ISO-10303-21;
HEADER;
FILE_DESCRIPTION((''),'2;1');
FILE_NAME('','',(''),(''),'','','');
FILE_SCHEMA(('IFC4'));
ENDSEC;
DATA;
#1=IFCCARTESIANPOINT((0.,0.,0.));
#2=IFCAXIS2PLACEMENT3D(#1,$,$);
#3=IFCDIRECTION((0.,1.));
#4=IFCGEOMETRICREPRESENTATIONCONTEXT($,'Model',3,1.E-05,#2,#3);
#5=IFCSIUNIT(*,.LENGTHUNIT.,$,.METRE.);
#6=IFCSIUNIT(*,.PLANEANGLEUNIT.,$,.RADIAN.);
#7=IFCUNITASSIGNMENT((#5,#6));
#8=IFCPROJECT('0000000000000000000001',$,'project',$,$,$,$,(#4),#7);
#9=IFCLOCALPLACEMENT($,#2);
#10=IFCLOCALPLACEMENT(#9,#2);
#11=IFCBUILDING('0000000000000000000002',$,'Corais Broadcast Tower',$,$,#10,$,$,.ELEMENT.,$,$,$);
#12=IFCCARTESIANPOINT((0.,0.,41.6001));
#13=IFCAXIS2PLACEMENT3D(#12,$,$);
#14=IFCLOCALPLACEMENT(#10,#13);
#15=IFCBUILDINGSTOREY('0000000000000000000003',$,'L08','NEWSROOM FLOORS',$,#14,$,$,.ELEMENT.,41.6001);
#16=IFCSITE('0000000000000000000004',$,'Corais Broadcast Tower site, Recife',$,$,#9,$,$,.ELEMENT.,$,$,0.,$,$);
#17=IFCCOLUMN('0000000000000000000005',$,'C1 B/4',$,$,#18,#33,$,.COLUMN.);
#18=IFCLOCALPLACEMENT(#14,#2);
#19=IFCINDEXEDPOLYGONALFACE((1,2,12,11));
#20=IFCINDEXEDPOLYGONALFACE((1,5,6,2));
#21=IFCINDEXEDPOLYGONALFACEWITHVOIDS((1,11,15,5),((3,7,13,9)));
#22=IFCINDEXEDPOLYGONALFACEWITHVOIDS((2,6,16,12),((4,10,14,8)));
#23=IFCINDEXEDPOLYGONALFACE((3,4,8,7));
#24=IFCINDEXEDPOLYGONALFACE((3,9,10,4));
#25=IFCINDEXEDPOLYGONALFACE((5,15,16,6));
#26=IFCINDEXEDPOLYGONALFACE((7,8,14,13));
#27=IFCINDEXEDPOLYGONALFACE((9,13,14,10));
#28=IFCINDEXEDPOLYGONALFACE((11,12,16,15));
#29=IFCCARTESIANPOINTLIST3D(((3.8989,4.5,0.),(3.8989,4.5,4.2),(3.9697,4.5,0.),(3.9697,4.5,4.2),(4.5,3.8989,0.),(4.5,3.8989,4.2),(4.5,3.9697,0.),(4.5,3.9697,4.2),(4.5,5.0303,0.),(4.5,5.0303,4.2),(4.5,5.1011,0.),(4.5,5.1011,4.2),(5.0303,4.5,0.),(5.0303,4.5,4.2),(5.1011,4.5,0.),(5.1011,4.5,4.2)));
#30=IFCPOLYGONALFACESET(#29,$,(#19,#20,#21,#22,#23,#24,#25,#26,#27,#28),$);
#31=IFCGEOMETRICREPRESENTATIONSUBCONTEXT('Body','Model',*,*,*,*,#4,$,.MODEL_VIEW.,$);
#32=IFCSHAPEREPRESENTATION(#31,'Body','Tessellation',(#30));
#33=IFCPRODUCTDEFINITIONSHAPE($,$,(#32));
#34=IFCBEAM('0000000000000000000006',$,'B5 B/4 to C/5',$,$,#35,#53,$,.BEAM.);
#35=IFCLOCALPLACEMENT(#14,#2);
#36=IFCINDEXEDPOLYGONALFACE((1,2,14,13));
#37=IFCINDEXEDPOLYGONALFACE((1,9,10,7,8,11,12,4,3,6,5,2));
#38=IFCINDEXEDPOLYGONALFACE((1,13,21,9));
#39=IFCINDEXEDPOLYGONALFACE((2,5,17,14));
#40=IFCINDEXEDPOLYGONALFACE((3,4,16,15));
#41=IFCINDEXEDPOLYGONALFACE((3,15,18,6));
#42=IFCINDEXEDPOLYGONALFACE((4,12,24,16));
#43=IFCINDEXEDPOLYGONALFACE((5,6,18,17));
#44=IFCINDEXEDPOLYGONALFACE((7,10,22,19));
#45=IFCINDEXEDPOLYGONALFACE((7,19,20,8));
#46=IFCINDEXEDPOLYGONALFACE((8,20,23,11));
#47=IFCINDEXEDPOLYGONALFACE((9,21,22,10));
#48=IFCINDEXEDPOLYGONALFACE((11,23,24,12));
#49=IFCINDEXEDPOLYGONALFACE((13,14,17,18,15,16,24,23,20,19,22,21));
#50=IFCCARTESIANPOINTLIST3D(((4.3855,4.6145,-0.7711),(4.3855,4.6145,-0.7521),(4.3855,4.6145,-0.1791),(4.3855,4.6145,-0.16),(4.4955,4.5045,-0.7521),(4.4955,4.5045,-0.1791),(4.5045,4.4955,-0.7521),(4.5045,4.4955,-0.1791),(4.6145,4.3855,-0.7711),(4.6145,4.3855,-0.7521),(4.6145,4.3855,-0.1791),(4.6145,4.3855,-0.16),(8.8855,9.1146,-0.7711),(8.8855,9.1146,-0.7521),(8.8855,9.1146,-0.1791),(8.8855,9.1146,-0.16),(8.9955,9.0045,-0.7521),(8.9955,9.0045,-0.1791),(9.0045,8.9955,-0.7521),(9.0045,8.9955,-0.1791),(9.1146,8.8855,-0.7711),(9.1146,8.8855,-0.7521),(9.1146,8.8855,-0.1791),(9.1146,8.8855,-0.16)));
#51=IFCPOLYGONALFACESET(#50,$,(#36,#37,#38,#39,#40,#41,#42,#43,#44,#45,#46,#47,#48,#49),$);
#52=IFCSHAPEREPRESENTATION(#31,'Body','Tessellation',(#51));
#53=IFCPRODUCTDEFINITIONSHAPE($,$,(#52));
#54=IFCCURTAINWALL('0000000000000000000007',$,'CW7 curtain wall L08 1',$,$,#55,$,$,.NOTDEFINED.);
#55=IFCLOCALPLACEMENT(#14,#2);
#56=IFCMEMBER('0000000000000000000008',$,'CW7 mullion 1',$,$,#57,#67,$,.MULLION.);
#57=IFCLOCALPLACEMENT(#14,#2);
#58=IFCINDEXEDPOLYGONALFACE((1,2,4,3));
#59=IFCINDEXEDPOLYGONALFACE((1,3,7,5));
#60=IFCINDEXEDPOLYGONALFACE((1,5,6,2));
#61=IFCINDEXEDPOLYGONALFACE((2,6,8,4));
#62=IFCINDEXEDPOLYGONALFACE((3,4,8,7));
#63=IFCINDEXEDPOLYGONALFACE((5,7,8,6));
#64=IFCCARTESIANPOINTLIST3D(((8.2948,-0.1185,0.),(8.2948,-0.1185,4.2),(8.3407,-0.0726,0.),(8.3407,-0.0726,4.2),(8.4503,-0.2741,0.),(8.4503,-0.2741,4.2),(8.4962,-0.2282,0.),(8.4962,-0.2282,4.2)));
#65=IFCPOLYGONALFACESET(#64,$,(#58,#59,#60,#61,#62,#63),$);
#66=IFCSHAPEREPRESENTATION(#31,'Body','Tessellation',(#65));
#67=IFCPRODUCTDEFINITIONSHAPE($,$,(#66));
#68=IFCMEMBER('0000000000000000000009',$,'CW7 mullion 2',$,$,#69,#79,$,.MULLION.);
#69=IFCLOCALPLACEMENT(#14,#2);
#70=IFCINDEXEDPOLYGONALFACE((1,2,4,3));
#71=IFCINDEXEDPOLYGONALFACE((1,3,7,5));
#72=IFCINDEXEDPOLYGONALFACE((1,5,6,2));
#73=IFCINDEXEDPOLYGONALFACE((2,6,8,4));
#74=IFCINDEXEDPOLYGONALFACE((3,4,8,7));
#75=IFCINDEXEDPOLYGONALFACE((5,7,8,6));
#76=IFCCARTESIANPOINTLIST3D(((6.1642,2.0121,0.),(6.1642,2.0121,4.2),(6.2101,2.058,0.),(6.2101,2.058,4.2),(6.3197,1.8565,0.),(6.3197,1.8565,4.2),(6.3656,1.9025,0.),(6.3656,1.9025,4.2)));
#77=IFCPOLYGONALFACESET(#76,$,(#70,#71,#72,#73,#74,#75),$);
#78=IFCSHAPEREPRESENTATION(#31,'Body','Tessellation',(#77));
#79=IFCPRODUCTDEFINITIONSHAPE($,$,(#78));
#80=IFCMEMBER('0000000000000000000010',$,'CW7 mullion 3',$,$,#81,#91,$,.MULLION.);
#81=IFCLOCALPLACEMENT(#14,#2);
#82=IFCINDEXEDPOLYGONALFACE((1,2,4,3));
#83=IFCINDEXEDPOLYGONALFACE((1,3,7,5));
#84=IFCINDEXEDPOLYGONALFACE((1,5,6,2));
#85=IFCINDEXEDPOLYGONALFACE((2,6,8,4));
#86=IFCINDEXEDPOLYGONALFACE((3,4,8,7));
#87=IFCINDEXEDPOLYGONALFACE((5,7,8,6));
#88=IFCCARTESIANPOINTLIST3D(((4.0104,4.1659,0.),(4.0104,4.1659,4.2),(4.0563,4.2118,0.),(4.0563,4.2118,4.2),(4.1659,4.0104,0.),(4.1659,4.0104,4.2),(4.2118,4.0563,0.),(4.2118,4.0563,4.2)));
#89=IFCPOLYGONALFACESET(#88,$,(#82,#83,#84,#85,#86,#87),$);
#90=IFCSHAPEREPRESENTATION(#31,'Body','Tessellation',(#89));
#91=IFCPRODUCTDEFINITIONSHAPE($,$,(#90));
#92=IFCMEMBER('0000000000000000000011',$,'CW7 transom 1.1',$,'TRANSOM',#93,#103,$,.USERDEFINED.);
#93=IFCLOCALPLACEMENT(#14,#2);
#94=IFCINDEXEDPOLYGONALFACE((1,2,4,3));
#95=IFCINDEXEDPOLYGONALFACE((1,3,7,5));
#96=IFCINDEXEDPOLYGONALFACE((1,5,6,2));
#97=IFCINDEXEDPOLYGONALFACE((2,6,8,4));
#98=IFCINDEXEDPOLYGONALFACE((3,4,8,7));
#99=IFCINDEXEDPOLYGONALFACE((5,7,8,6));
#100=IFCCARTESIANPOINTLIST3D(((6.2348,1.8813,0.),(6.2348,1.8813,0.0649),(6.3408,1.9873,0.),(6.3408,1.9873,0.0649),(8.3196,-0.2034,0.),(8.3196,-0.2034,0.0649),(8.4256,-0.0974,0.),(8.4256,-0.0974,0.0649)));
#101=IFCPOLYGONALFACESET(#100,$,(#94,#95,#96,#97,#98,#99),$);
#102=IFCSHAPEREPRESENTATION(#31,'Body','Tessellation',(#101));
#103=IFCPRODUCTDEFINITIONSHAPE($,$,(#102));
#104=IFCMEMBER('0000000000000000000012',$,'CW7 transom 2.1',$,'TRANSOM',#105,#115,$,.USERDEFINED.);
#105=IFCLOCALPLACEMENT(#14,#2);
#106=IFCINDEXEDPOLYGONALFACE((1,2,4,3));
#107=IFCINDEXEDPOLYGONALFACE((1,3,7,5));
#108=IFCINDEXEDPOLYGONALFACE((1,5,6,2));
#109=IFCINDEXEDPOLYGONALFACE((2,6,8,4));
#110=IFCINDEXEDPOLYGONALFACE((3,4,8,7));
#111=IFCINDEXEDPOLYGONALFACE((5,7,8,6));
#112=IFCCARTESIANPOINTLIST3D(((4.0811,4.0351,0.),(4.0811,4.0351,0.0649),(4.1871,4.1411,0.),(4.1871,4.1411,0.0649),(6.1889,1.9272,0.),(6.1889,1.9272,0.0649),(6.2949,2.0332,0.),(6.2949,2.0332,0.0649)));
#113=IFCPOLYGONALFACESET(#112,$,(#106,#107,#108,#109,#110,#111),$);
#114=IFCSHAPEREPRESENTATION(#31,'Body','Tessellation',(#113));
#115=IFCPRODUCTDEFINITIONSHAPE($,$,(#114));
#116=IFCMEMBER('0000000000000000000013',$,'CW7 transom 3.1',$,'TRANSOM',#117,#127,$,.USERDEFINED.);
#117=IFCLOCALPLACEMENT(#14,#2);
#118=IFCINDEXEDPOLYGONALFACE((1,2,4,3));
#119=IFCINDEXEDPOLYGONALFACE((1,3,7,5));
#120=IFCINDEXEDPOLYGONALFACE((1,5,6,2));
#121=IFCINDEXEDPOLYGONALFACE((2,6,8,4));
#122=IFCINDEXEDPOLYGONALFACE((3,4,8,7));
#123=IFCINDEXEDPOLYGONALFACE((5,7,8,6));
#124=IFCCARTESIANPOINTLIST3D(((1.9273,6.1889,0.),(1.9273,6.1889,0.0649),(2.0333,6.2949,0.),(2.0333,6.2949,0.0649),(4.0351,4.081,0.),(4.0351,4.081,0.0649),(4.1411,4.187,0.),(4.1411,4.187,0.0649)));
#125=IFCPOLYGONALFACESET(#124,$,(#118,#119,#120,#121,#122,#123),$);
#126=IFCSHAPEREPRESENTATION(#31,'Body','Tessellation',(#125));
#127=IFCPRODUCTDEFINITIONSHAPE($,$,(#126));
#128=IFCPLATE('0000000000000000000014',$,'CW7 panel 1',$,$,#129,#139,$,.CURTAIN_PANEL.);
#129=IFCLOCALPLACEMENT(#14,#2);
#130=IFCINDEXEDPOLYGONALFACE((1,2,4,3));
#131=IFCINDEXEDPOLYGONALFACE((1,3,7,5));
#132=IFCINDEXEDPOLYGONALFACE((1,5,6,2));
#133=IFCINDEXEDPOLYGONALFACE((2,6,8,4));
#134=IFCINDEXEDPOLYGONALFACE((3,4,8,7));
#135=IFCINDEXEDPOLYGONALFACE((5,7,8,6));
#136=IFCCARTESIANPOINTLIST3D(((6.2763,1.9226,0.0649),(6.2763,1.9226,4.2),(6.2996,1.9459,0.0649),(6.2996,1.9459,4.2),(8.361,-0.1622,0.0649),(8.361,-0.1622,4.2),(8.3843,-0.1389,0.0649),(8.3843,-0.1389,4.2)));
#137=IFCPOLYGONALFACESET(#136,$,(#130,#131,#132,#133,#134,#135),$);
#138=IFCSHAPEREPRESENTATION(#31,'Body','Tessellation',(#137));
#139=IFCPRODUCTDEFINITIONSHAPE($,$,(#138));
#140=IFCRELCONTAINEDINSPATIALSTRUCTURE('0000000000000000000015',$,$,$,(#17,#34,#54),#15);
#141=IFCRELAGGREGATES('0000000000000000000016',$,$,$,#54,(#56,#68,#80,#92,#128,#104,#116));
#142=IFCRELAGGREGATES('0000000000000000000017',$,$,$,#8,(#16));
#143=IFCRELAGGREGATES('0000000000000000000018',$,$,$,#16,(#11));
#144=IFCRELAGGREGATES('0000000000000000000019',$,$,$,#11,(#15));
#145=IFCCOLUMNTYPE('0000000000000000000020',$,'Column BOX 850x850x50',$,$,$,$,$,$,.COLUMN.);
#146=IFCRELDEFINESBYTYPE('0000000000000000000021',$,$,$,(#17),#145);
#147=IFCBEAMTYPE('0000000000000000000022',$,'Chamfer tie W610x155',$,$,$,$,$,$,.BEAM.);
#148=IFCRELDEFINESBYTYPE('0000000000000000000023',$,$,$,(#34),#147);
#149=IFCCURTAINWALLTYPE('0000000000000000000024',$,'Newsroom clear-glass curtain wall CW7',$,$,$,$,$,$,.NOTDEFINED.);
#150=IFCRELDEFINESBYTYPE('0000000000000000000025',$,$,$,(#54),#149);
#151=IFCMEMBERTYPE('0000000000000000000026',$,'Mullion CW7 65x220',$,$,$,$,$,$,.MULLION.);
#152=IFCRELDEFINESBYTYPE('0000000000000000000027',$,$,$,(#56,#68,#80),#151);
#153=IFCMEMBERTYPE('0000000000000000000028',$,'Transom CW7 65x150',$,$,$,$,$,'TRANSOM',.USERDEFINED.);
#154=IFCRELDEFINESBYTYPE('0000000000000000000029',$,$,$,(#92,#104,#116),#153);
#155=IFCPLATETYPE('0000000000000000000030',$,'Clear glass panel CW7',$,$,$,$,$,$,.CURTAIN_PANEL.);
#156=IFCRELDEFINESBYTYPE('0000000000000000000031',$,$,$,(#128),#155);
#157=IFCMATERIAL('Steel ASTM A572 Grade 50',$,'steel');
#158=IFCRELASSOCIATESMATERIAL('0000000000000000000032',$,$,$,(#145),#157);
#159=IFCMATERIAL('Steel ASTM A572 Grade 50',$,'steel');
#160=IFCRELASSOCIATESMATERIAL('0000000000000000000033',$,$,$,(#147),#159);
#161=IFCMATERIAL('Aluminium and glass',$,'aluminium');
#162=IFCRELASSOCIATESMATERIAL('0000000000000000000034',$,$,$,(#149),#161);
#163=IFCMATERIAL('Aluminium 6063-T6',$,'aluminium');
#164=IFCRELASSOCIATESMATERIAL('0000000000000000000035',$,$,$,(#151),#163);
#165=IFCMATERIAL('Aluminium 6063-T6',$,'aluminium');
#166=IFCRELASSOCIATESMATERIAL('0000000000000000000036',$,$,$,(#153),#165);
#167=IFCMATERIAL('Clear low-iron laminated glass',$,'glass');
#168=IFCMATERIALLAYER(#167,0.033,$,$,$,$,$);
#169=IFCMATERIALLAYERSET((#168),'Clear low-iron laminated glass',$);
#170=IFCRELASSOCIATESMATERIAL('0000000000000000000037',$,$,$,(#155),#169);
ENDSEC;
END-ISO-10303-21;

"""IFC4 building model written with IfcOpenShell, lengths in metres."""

from ifc_helpers import new_model, si_unit, direction, frame, origin, origin_2d, place, context, subcontext, project, spatial, rectangle, hollow_rectangle, i_section, extrude, material, layer, layer_set, material_profile, profile_set, type_object, element, aggregate, save


model = new_model("IFC4")

# Units and contexts
model_context = context("Model", 3, precision=1e-05, world=origin(), true_north=direction((0.0, 1.0)))
body_context = subcontext(model_context, "Body", "Model", "MODEL_VIEW")
ifc_project = project(units=[si_unit("LENGTHUNIT", "METRE"), si_unit("PLANEANGLEUNIT", "RADIAN")], contexts=[model_context])

# Site, building, storey
site_placement = place(None, origin())
site = spatial("IfcSite", under=ifc_project, at=site_placement, Name="Corais Broadcast Tower site, Recife", CompositionType="ELEMENT", RefElevation=0.0)
building_placement = place(site_placement, origin())
building = spatial("IfcBuilding", under=site, at=building_placement, Name="Corais Broadcast Tower", CompositionType="ELEMENT")
storey_placement = place(building_placement, frame((0.0, 0.0, 41.6001)))
storey = spatial("IfcBuildingStorey", under=building, at=storey_placement, Name="L08", Description="NEWSROOM FLOORS", CompositionType="ELEMENT", Elevation=41.6001)

# Column
ifc_material_1 = material(Name="Steel ASTM A572 Grade 50", Category="steel")
ifc_material_profile_1 = material_profile(ifc_material_1, hollow_rectangle(XDim=0.8501, YDim=0.8501, WallThickness=0.05, at=origin_2d()), Name="BOX 850x850x50")
ifc_profile_set_1 = profile_set([ifc_material_profile_1], Name="Steel ASTM A572 Grade 50")
column_type = type_object("IfcColumnType", Name="Column BOX 850x850x50", PredefinedType="COLUMN", material=ifc_profile_set_1)
column_placement = place(storey_placement, frame((4.5, 4.5, 0.0), z_axis=(0.0, 0.0, 1.0), x_axis=(0.707107, 0.707107, 0.0)))
element("IfcColumn", 1, at=column_placement, inside=storey, type_object=column_type, Name="C1 B/4", PredefinedType="COLUMN", context=body_context, shape_type="SweptSolid", body=[
    extrude(hollow_rectangle(XDim=0.8501, YDim=0.8501, WallThickness=0.05, at=origin_2d()), origin(), (0.0, 0.0, 1.0), 4.2),
])

# Beam
ifc_material_2 = material(Name="Steel ASTM A572 Grade 50", Category="steel")
ifc_material_profile_2 = material_profile(ifc_material_2, i_section(OverallWidth=0.324, OverallDepth=0.6111, WebThickness=0.0127, FlangeThickness=0.019, at=origin_2d()), Name="W610x155")
ifc_profile_set_2 = profile_set([ifc_material_profile_2], Name="Steel ASTM A572 Grade 50")
beam_type = type_object("IfcBeamType", Name="Chamfer tie W610x155", PredefinedType="BEAM", material=ifc_profile_set_2)
beam_placement = place(storey_placement, frame((4.5, 4.5, -0.4656), z_axis=(0.707107, 0.707107, 0.0), x_axis=(-0.707107, 0.707107, 0.0)))
element("IfcBeam", 2, at=beam_placement, inside=storey, type_object=beam_type, Name="B5 B/4 to C/5", PredefinedType="BEAM", context=body_context, shape_type="SweptSolid", body=[
    extrude(i_section(OverallWidth=0.324, OverallDepth=0.6111, WebThickness=0.0127, FlangeThickness=0.019, at=origin_2d()), origin(), (0.0, 0.0, 1.0), 6.364),
])

# Curtain wall, members, plate
ifc_material_3 = material(Name="Aluminium and glass", Category="aluminium")
curtain_wall_type = type_object("IfcCurtainWallType", Name="Newsroom clear-glass curtain wall CW7", PredefinedType="NOTDEFINED", material=ifc_material_3)
curtain_wall_placement = place(storey_placement, origin())
curtain_wall = element("IfcCurtainWall", 3, at=curtain_wall_placement, inside=storey, type_object=curtain_wall_type, Name="CW7 curtain wall L08 1", PredefinedType="NOTDEFINED")
ifc_material_4 = material(Name="Aluminium 6063-T6", Category="aluminium")
ifc_material_profile_3 = material_profile(ifc_material_4, rectangle(XDim=0.0649, YDim=0.22, at=origin_2d()), Name="Mullion CW7 65x220")
ifc_profile_set_3 = profile_set([ifc_material_profile_3], Name="Aluminium 6063-T6")
member_type_1 = type_object("IfcMemberType", Name="Mullion CW7 65x220", PredefinedType="MULLION", material=ifc_profile_set_3)
member_1_placement = place(storey_placement, frame((8.3955, -0.1733, 0.0), z_axis=(0.0, 0.0, 1.0), x_axis=(-0.707107, -0.707107, 0.0)))
member_1 = element("IfcMember", 4, at=member_1_placement, type_object=member_type_1, Name="CW7 mullion 1", PredefinedType="MULLION", context=body_context, shape_type="SweptSolid", body=[
    extrude(rectangle(XDim=0.0649, YDim=0.22, at=origin_2d()), origin(), (0.0, 0.0, 1.0), 4.2),
])
member_2_placement = place(storey_placement, frame((6.2649, 1.9573, 0.0), z_axis=(0.0, 0.0, 1.0), x_axis=(-0.707107, -0.707107, 0.0)))
member_2 = element("IfcMember", 5, at=member_2_placement, type_object=member_type_1, Name="CW7 mullion 2", PredefinedType="MULLION", context=body_context, shape_type="SweptSolid", body=[
    extrude(rectangle(XDim=0.0649, YDim=0.22, at=origin_2d()), origin(), (0.0, 0.0, 1.0), 4.2),
])
member_3_placement = place(storey_placement, frame((4.1111, 4.1111, 0.0), z_axis=(0.0, 0.0, 1.0), x_axis=(-0.707107, -0.707107, 0.0)))
member_3 = element("IfcMember", 6, at=member_3_placement, type_object=member_type_1, Name="CW7 mullion 3", PredefinedType="MULLION", context=body_context, shape_type="SweptSolid", body=[
    extrude(rectangle(XDim=0.0649, YDim=0.22, at=origin_2d()), origin(), (0.0, 0.0, 1.0), 4.2),
])
ifc_material_5 = material(Name="Aluminium 6063-T6", Category="aluminium")
ifc_material_profile_4 = material_profile(ifc_material_5, rectangle(XDim=0.1499, YDim=0.0649, at=origin_2d()), Name="Transom CW7 65x150")
ifc_profile_set_4 = profile_set([ifc_material_profile_4], Name="Aluminium 6063-T6")
member_type_2 = type_object("IfcMemberType", Name="Transom CW7 65x150", ElementType="TRANSOM", PredefinedType="USERDEFINED", material=ifc_profile_set_4)
member_4_placement = place(storey_placement, frame((8.3726, -0.1504, 0.0325), z_axis=(-0.707107, 0.707107, 0.0), x_axis=(-0.707107, -0.707107, 0.0)))
member_4 = element("IfcMember", 7, at=member_4_placement, type_object=member_type_2, Name="CW7 transom 1.1", ObjectType="TRANSOM", PredefinedType="USERDEFINED", context=body_context, shape_type="SweptSolid", body=[
    extrude(rectangle(XDim=0.1499, YDim=0.0649, at=origin_2d()), origin(), (0.0, 0.0, 1.0), 2.9482),
])
member_5_placement = place(storey_placement, frame((6.2419, 1.9802, 0.0325), z_axis=(-0.707107, 0.707107, 0.0), x_axis=(-0.707107, -0.707107, 0.0)))
member_5 = element("IfcMember", 8, at=member_5_placement, type_object=member_type_2, Name="CW7 transom 2.1", ObjectType="TRANSOM", PredefinedType="USERDEFINED", context=body_context, shape_type="SweptSolid", body=[
    extrude(rectangle(XDim=0.1499, YDim=0.0649, at=origin_2d()), origin(), (0.0, 0.0, 1.0), 2.981),
])
member_6_placement = place(storey_placement, frame((4.0881, 4.134, 0.0325), z_axis=(-0.707107, 0.707107, 0.0), x_axis=(-0.707107, -0.707107, 0.0)))
member_6 = element("IfcMember", 9, at=member_6_placement, type_object=member_type_2, Name="CW7 transom 3.1", ObjectType="TRANSOM", PredefinedType="USERDEFINED", context=body_context, shape_type="SweptSolid", body=[
    extrude(rectangle(XDim=0.1499, YDim=0.0649, at=origin_2d()), origin(), (0.0, 0.0, 1.0), 2.981),
])
ifc_material_6 = material(Name="Clear low-iron laminated glass", Category="glass")
ifc_layer_1 = layer(ifc_material_6, 0.033)
ifc_layer_set_1 = layer_set([ifc_layer_1], Name="Clear low-iron laminated glass")
plate_type_1 = type_object("IfcPlateType", Name="Clear glass panel CW7", PredefinedType="CURTAIN_PANEL", material=ifc_layer_set_1)
plate_1_placement = place(storey_placement, frame((7.3303, 0.8918, 0.0649), z_axis=(0.0, 0.0, 1.0), x_axis=(-0.707107, 0.707107, 0.0)))
plate_1 = element("IfcPlate", 10, at=plate_1_placement, type_object=plate_type_1, Name="CW7 panel 1", PredefinedType="CURTAIN_PANEL", context=body_context, shape_type="SweptSolid", body=[
    extrude(rectangle(XDim=2.9482, YDim=0.033, at=origin_2d()), origin(), (0.0, 0.0, 1.0), 4.135),
])

aggregate(curtain_wall, [member_1, member_2, member_3, member_4, plate_1, member_5, member_6])

save(model, "model.ifc")
